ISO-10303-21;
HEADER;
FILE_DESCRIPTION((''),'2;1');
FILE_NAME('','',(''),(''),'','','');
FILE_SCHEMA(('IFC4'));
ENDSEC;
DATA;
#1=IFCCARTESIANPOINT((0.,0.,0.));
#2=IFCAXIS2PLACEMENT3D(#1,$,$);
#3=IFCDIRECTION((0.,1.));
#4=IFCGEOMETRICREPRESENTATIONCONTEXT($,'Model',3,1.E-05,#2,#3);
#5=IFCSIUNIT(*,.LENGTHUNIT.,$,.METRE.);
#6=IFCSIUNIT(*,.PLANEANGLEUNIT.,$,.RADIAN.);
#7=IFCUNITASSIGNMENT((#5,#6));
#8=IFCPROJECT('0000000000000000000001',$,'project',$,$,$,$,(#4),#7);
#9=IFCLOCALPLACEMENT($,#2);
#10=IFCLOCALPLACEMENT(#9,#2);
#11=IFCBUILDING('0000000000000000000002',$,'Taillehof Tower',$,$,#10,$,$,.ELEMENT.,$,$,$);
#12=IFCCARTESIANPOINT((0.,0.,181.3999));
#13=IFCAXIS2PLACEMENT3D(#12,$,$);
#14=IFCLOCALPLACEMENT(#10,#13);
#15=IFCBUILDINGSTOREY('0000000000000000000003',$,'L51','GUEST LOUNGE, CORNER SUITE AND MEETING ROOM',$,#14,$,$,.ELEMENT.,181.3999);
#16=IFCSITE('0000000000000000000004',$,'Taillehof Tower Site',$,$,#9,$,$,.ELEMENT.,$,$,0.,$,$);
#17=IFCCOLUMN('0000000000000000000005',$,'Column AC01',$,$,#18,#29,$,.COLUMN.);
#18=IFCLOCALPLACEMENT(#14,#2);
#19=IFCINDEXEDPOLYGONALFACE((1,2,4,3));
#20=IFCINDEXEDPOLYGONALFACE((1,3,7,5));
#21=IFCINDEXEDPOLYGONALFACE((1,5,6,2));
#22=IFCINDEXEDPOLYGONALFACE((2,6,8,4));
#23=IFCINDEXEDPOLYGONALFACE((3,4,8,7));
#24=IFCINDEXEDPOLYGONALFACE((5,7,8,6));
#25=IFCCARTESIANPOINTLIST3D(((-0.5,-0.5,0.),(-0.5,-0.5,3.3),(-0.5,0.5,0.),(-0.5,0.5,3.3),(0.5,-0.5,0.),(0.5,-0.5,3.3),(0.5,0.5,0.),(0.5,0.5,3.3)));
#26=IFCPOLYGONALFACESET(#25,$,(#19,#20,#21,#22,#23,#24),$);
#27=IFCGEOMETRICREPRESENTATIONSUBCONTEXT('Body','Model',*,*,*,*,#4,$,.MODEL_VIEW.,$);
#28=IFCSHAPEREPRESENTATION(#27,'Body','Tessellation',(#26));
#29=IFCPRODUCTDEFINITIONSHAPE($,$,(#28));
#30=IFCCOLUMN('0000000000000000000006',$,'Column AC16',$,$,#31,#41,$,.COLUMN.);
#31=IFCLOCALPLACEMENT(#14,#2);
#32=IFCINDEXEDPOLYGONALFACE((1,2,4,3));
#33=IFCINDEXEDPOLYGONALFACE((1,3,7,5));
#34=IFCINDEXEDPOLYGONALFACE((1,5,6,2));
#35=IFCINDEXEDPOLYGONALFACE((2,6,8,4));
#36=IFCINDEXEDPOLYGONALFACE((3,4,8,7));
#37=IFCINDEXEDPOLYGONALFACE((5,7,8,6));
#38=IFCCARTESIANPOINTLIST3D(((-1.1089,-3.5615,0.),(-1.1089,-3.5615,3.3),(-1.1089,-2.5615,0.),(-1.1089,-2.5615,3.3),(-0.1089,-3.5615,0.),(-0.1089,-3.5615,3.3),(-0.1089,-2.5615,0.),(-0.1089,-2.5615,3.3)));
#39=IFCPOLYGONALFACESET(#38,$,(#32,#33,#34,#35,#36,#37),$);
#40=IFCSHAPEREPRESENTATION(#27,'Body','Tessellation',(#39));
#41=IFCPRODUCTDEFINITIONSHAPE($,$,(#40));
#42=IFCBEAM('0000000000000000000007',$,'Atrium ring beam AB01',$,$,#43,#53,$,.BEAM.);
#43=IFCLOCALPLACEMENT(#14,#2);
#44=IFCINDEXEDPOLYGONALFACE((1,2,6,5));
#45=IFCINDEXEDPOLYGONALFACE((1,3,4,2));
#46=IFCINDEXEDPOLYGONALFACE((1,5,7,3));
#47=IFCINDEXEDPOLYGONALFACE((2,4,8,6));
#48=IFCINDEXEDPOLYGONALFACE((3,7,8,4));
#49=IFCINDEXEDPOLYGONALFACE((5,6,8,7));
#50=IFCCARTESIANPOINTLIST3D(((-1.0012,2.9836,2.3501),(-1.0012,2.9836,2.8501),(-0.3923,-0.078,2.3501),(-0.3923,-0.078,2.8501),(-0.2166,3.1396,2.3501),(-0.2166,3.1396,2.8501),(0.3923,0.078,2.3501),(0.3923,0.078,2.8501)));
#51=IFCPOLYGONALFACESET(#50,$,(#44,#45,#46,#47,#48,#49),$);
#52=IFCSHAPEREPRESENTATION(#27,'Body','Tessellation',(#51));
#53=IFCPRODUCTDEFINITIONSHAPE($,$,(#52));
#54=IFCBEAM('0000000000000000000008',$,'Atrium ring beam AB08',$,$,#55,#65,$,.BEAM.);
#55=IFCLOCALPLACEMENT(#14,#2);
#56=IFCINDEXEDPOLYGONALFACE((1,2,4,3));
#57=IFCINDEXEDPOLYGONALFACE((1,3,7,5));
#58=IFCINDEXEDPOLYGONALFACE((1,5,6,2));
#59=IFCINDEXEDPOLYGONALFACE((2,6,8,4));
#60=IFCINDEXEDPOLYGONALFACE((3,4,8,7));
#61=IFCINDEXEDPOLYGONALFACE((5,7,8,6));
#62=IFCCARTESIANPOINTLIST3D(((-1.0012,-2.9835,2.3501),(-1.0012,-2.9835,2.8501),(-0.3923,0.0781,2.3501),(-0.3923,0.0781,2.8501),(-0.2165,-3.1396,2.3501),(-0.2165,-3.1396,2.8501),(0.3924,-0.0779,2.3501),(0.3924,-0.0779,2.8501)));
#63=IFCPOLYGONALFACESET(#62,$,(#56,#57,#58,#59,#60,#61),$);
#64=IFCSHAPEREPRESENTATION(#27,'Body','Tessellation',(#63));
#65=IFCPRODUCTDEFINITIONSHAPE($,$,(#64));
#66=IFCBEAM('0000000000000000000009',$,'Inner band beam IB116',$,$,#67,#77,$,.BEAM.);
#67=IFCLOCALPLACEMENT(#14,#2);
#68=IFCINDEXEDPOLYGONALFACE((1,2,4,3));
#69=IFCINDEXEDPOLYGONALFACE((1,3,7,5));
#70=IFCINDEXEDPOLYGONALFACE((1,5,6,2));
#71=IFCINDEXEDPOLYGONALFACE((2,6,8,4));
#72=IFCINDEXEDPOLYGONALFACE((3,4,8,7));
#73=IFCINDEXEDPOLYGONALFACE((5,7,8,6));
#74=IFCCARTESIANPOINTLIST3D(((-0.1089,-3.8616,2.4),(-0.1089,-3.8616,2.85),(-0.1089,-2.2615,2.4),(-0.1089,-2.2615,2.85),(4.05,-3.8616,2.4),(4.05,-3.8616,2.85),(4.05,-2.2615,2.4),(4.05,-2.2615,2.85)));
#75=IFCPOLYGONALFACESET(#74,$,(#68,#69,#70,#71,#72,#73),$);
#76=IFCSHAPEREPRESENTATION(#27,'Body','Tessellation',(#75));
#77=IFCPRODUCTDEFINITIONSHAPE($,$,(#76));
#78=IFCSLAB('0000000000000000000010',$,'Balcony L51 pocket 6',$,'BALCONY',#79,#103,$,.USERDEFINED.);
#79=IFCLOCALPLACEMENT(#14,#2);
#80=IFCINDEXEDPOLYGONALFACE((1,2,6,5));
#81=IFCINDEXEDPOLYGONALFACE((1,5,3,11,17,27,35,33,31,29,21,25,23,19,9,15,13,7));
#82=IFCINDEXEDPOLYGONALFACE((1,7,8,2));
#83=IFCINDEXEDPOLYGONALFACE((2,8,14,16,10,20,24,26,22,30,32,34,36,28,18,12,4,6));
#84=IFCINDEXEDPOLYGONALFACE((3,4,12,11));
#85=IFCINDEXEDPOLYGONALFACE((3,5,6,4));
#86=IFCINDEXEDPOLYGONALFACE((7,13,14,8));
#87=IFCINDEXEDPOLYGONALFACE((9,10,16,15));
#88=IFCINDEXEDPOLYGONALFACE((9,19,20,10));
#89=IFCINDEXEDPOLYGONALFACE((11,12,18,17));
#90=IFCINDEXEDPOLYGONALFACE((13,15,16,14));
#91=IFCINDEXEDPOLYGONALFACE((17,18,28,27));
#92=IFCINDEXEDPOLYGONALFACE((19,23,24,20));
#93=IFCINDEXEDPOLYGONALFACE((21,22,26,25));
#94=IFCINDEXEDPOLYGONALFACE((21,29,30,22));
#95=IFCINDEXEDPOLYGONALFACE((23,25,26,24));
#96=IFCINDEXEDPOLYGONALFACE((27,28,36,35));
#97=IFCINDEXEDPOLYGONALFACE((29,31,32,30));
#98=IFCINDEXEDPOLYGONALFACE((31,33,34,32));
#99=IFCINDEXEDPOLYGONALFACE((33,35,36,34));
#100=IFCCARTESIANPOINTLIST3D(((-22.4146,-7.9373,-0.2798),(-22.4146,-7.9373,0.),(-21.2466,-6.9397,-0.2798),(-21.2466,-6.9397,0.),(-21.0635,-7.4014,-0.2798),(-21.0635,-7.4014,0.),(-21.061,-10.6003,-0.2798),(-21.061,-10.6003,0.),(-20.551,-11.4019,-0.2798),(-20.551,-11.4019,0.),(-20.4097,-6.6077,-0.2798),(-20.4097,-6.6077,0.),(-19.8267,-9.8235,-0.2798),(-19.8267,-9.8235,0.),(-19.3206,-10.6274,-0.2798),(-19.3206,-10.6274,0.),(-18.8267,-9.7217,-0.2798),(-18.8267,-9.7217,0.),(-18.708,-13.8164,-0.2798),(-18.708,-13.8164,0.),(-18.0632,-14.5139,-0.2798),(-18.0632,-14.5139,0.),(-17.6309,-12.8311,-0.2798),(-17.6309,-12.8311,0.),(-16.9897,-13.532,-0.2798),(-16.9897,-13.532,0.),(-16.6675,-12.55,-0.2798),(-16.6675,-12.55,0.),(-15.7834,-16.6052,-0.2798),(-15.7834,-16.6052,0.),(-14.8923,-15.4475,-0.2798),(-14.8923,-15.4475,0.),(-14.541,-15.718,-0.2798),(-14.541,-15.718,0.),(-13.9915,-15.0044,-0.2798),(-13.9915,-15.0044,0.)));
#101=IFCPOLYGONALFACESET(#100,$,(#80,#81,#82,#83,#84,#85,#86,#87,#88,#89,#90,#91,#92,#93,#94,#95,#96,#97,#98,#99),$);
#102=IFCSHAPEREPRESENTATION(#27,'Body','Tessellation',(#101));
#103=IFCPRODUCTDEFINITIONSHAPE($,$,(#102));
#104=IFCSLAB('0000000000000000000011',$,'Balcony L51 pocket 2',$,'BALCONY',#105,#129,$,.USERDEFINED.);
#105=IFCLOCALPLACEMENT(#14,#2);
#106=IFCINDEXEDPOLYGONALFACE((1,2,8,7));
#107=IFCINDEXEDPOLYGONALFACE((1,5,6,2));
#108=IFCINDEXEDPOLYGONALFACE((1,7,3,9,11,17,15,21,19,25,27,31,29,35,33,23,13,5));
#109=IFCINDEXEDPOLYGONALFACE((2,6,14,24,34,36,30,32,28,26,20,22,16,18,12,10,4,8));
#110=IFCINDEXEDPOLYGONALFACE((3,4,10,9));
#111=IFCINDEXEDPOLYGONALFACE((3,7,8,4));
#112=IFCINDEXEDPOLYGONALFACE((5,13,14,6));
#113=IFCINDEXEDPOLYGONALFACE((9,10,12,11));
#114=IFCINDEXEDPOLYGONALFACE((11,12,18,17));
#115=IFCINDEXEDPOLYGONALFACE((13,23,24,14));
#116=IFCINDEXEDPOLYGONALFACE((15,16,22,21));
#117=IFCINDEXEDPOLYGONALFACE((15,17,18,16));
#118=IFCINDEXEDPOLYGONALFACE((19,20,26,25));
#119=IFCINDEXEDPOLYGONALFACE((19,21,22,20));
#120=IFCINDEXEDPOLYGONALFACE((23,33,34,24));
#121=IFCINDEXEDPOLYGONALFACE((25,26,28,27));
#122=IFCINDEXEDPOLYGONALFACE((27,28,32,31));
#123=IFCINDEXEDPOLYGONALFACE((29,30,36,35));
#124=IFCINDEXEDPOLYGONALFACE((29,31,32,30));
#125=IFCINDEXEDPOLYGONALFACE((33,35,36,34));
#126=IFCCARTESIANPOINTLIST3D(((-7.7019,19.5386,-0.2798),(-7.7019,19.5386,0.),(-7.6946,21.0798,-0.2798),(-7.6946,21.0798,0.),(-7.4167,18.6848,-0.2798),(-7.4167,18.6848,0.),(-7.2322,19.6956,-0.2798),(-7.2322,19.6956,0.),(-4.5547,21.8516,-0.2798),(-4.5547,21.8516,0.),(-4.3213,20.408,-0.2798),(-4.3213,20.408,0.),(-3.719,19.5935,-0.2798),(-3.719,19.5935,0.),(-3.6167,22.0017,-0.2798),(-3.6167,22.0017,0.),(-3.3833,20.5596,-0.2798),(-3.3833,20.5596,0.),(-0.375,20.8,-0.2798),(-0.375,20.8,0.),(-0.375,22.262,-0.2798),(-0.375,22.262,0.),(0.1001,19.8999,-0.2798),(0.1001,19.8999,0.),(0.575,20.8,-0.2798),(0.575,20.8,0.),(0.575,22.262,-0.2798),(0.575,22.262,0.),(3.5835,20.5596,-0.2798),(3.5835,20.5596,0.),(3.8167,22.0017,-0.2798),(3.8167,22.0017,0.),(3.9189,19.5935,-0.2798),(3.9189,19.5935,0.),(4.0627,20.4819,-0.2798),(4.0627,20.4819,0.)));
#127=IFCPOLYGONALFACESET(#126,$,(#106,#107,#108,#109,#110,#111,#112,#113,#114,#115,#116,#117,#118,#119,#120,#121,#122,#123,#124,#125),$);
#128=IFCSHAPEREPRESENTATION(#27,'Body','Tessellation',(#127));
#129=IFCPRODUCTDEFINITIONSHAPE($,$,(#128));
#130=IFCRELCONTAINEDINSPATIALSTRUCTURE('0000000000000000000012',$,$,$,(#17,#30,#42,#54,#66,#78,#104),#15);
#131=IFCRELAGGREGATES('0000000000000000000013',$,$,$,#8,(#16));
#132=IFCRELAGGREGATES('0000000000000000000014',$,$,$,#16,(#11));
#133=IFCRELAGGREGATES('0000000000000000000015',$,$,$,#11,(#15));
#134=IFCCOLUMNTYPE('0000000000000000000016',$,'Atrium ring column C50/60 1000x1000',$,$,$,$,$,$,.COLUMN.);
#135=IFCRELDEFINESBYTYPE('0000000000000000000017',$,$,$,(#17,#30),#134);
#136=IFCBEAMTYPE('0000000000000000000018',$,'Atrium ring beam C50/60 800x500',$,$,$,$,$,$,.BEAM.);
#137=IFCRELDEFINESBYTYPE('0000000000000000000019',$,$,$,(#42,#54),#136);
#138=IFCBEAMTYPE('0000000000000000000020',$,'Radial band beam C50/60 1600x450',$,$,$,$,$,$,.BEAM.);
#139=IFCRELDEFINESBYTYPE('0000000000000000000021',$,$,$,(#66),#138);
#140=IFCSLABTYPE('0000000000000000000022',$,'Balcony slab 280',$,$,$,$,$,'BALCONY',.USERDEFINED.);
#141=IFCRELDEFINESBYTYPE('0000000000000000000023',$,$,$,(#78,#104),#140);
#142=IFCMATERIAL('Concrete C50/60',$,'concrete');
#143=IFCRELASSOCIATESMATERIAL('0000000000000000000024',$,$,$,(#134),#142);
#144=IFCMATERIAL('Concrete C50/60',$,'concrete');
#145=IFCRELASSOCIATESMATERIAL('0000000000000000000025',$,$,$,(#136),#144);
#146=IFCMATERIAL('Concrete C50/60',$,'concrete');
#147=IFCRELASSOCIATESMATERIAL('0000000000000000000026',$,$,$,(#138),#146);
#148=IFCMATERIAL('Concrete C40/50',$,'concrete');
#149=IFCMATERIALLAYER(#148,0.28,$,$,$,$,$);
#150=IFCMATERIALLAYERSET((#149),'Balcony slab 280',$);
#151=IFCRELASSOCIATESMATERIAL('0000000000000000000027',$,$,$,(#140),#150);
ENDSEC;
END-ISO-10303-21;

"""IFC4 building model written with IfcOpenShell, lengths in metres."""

from ifc_helpers import new_model, si_unit, direction, frame, origin, origin_2d, place, context, subcontext, project, spatial, polyline, rectangle, outline, extrude, material, layer, layer_set, material_profile, profile_set, type_object, element, save


model = new_model("IFC4")

# Units and contexts
model_context = context("Model", 3, precision=1e-05, world=origin(), true_north=direction((0.0, 1.0)))
body_context = subcontext(model_context, "Body", "Model", "MODEL_VIEW")
ifc_project = project(units=[si_unit("LENGTHUNIT", "METRE"), si_unit("PLANEANGLEUNIT", "RADIAN")], contexts=[model_context])

# Site, building, storey
site_placement = place(None, origin())
site = spatial("IfcSite", under=ifc_project, at=site_placement, Name="Taillehof Tower Site", CompositionType="ELEMENT", RefElevation=0.0)
building_placement = place(site_placement, origin())
building = spatial("IfcBuilding", under=site, at=building_placement, Name="Taillehof Tower", CompositionType="ELEMENT")
storey_placement = place(building_placement, frame((0.0, 0.0, 181.3999)))
storey = spatial("IfcBuildingStorey", under=building, at=storey_placement, Name="L51", Description="GUEST LOUNGE, CORNER SUITE AND MEETING ROOM", CompositionType="ELEMENT", Elevation=181.3999)

# Columns
ifc_material_1 = material(Name="Concrete C50/60", Category="concrete")
ifc_material_profile_1 = material_profile(ifc_material_1, rectangle(XDim=1.0, YDim=1.0, at=origin_2d()), Name="RC 1000x1000")
ifc_profile_set_1 = profile_set([ifc_material_profile_1], Name="Concrete C50/60")
column_type = type_object("IfcColumnType", Name="Atrium ring column C50/60 1000x1000", PredefinedType="COLUMN", material=ifc_profile_set_1)
for number, where, z_axis, x_axis, name in (
    (1, (0.0, 0.0, 0.0), (0.0, 0.0, 1.0), (1.0, 0.0, 0.0), "Column AC01"),
    (2, (-0.6089, -3.0615, 0.0), (0.0, 0.0, 1.0), (1.0, 0.0, 0.0), "Column AC16"),
):
    element("IfcColumn", number, at=place(storey_placement, frame(where, z_axis=z_axis, x_axis=x_axis)), inside=storey, type_object=column_type, Name=name, PredefinedType="COLUMN", context=body_context, shape_type="SweptSolid", body=[
        extrude(rectangle(XDim=1.0, YDim=1.0, at=origin_2d()), origin(), (0.0, 0.0, 1.0), 3.3),
    ])

# Beams
ifc_material_2 = material(Name="Concrete C50/60", Category="concrete")
ifc_material_profile_2 = material_profile(ifc_material_2, rectangle(XDim=0.8, YDim=0.5, at=origin_2d()), Name="RC 800x500")
ifc_profile_set_2 = profile_set([ifc_material_profile_2], Name="Concrete C50/60")
beam_type_1 = type_object("IfcBeamType", Name="Atrium ring beam C50/60 800x500", PredefinedType="BEAM", material=ifc_profile_set_2)
for number, where, z_axis, x_axis, name in (
    (3, (0.0, 0.0, 2.6001), (-0.195063, 0.980791, 0.0), (-0.980791, -0.195063, 0.0), "Atrium ring beam AB01"),
    (4, (-0.6089, -3.0615, 2.6001), (0.195063, 0.980791, 0.0), (-0.980791, 0.195063, 0.0), "Atrium ring beam AB08"),
):
    element("IfcBeam", number, at=place(storey_placement, frame(where, z_axis=z_axis, x_axis=x_axis)), inside=storey, type_object=beam_type_1, Name=name, PredefinedType="BEAM", context=body_context, shape_type="SweptSolid", body=[
        extrude(rectangle(XDim=0.8, YDim=0.5, at=origin_2d()), origin(), (0.0, 0.0, 1.0), 3.1216),
    ])
ifc_material_3 = material(Name="Concrete C50/60", Category="concrete")
ifc_material_profile_3 = material_profile(ifc_material_3, rectangle(XDim=1.6001, YDim=0.45, at=origin_2d()), Name="RC 1600x450")
ifc_profile_set_3 = profile_set([ifc_material_profile_3], Name="Concrete C50/60")
beam_type_2 = type_object("IfcBeamType", Name="Radial band beam C50/60 1600x450", PredefinedType="BEAM", material=ifc_profile_set_3)
beam_placement = place(storey_placement, frame((-0.1089, -3.0615, 2.625), z_axis=(1.0, 0.0, 0.0), x_axis=(0.0, 1.0, 0.0)))
element("IfcBeam", 5, at=beam_placement, inside=storey, type_object=beam_type_2, Name="Inner band beam IB116", PredefinedType="BEAM", context=body_context, shape_type="SweptSolid", body=[
    extrude(rectangle(XDim=1.6001, YDim=0.45, at=origin_2d()), origin(), (0.0, 0.0, 1.0), 4.1589),
])

# Slabs
ifc_material_4 = material(Name="Concrete C40/50", Category="concrete")
ifc_layer_1 = layer(ifc_material_4, 0.28)
ifc_layer_set_1 = layer_set([ifc_layer_1], Name="Balcony slab 280")
slab_type_1 = type_object("IfcSlabType", Name="Balcony slab 280", ElementType="BALCONY", PredefinedType="USERDEFINED", material=ifc_layer_set_1)
slab_1_placement = place(storey_placement, frame((0.0, 0.0, -0.2798)))
element("IfcSlab", 6, at=slab_1_placement, inside=storey, type_object=slab_type_1, Name="Balcony L51 pocket 6", ObjectType="BALCONY", PredefinedType="USERDEFINED", context=body_context, shape_type="SweptSolid", body=[
    extrude(outline(polyline([(-13.9915, -15.0044), (-14.541, -15.718), (-14.8923, -15.4475), (-15.7834, -16.6052), (-18.0632, -14.5139), (-16.9897, -13.532), (-17.6309, -12.8311), (-18.708, -13.8164), (-20.551, -11.4019), (-19.3206, -10.6274), (-19.8267, -9.8235), (-21.061, -10.6003), (-22.4146, -7.9373), (-21.0635, -7.4014), (-21.2466, -6.9397), (-20.4097, -6.6077), (-18.8267, -9.7217), (-16.6675, -12.55), (-13.9915, -15.0044)])), origin(), (0.0, 0.0, 1.0), 0.2798),
])
slab_2_placement = place(storey_placement, frame((0.0, 0.0, -0.2798)))
element("IfcSlab", 7, at=slab_2_placement, inside=storey, type_object=slab_type_1, Name="Balcony L51 pocket 2", ObjectType="BALCONY", PredefinedType="USERDEFINED", context=body_context, shape_type="SweptSolid", body=[
    extrude(outline(polyline([(-7.4167, 18.6848), (-7.7019, 19.5386), (-7.2322, 19.6956), (-7.6946, 21.0798), (-4.5547, 21.8516), (-4.3213, 20.408), (-3.3833, 20.5596), (-3.6167, 22.0017), (-0.375, 22.262), (-0.375, 20.8), (0.575, 20.8), (0.575, 22.262), (3.8167, 22.0017), (3.5835, 20.5596), (4.0627, 20.4819), (3.9189, 19.5935), (0.1001, 19.8999), (-3.719, 19.5935), (-7.4167, 18.6848)])), origin(), (0.0, 0.0, 1.0), 0.2798),
])

save(model, "model.ifc")
